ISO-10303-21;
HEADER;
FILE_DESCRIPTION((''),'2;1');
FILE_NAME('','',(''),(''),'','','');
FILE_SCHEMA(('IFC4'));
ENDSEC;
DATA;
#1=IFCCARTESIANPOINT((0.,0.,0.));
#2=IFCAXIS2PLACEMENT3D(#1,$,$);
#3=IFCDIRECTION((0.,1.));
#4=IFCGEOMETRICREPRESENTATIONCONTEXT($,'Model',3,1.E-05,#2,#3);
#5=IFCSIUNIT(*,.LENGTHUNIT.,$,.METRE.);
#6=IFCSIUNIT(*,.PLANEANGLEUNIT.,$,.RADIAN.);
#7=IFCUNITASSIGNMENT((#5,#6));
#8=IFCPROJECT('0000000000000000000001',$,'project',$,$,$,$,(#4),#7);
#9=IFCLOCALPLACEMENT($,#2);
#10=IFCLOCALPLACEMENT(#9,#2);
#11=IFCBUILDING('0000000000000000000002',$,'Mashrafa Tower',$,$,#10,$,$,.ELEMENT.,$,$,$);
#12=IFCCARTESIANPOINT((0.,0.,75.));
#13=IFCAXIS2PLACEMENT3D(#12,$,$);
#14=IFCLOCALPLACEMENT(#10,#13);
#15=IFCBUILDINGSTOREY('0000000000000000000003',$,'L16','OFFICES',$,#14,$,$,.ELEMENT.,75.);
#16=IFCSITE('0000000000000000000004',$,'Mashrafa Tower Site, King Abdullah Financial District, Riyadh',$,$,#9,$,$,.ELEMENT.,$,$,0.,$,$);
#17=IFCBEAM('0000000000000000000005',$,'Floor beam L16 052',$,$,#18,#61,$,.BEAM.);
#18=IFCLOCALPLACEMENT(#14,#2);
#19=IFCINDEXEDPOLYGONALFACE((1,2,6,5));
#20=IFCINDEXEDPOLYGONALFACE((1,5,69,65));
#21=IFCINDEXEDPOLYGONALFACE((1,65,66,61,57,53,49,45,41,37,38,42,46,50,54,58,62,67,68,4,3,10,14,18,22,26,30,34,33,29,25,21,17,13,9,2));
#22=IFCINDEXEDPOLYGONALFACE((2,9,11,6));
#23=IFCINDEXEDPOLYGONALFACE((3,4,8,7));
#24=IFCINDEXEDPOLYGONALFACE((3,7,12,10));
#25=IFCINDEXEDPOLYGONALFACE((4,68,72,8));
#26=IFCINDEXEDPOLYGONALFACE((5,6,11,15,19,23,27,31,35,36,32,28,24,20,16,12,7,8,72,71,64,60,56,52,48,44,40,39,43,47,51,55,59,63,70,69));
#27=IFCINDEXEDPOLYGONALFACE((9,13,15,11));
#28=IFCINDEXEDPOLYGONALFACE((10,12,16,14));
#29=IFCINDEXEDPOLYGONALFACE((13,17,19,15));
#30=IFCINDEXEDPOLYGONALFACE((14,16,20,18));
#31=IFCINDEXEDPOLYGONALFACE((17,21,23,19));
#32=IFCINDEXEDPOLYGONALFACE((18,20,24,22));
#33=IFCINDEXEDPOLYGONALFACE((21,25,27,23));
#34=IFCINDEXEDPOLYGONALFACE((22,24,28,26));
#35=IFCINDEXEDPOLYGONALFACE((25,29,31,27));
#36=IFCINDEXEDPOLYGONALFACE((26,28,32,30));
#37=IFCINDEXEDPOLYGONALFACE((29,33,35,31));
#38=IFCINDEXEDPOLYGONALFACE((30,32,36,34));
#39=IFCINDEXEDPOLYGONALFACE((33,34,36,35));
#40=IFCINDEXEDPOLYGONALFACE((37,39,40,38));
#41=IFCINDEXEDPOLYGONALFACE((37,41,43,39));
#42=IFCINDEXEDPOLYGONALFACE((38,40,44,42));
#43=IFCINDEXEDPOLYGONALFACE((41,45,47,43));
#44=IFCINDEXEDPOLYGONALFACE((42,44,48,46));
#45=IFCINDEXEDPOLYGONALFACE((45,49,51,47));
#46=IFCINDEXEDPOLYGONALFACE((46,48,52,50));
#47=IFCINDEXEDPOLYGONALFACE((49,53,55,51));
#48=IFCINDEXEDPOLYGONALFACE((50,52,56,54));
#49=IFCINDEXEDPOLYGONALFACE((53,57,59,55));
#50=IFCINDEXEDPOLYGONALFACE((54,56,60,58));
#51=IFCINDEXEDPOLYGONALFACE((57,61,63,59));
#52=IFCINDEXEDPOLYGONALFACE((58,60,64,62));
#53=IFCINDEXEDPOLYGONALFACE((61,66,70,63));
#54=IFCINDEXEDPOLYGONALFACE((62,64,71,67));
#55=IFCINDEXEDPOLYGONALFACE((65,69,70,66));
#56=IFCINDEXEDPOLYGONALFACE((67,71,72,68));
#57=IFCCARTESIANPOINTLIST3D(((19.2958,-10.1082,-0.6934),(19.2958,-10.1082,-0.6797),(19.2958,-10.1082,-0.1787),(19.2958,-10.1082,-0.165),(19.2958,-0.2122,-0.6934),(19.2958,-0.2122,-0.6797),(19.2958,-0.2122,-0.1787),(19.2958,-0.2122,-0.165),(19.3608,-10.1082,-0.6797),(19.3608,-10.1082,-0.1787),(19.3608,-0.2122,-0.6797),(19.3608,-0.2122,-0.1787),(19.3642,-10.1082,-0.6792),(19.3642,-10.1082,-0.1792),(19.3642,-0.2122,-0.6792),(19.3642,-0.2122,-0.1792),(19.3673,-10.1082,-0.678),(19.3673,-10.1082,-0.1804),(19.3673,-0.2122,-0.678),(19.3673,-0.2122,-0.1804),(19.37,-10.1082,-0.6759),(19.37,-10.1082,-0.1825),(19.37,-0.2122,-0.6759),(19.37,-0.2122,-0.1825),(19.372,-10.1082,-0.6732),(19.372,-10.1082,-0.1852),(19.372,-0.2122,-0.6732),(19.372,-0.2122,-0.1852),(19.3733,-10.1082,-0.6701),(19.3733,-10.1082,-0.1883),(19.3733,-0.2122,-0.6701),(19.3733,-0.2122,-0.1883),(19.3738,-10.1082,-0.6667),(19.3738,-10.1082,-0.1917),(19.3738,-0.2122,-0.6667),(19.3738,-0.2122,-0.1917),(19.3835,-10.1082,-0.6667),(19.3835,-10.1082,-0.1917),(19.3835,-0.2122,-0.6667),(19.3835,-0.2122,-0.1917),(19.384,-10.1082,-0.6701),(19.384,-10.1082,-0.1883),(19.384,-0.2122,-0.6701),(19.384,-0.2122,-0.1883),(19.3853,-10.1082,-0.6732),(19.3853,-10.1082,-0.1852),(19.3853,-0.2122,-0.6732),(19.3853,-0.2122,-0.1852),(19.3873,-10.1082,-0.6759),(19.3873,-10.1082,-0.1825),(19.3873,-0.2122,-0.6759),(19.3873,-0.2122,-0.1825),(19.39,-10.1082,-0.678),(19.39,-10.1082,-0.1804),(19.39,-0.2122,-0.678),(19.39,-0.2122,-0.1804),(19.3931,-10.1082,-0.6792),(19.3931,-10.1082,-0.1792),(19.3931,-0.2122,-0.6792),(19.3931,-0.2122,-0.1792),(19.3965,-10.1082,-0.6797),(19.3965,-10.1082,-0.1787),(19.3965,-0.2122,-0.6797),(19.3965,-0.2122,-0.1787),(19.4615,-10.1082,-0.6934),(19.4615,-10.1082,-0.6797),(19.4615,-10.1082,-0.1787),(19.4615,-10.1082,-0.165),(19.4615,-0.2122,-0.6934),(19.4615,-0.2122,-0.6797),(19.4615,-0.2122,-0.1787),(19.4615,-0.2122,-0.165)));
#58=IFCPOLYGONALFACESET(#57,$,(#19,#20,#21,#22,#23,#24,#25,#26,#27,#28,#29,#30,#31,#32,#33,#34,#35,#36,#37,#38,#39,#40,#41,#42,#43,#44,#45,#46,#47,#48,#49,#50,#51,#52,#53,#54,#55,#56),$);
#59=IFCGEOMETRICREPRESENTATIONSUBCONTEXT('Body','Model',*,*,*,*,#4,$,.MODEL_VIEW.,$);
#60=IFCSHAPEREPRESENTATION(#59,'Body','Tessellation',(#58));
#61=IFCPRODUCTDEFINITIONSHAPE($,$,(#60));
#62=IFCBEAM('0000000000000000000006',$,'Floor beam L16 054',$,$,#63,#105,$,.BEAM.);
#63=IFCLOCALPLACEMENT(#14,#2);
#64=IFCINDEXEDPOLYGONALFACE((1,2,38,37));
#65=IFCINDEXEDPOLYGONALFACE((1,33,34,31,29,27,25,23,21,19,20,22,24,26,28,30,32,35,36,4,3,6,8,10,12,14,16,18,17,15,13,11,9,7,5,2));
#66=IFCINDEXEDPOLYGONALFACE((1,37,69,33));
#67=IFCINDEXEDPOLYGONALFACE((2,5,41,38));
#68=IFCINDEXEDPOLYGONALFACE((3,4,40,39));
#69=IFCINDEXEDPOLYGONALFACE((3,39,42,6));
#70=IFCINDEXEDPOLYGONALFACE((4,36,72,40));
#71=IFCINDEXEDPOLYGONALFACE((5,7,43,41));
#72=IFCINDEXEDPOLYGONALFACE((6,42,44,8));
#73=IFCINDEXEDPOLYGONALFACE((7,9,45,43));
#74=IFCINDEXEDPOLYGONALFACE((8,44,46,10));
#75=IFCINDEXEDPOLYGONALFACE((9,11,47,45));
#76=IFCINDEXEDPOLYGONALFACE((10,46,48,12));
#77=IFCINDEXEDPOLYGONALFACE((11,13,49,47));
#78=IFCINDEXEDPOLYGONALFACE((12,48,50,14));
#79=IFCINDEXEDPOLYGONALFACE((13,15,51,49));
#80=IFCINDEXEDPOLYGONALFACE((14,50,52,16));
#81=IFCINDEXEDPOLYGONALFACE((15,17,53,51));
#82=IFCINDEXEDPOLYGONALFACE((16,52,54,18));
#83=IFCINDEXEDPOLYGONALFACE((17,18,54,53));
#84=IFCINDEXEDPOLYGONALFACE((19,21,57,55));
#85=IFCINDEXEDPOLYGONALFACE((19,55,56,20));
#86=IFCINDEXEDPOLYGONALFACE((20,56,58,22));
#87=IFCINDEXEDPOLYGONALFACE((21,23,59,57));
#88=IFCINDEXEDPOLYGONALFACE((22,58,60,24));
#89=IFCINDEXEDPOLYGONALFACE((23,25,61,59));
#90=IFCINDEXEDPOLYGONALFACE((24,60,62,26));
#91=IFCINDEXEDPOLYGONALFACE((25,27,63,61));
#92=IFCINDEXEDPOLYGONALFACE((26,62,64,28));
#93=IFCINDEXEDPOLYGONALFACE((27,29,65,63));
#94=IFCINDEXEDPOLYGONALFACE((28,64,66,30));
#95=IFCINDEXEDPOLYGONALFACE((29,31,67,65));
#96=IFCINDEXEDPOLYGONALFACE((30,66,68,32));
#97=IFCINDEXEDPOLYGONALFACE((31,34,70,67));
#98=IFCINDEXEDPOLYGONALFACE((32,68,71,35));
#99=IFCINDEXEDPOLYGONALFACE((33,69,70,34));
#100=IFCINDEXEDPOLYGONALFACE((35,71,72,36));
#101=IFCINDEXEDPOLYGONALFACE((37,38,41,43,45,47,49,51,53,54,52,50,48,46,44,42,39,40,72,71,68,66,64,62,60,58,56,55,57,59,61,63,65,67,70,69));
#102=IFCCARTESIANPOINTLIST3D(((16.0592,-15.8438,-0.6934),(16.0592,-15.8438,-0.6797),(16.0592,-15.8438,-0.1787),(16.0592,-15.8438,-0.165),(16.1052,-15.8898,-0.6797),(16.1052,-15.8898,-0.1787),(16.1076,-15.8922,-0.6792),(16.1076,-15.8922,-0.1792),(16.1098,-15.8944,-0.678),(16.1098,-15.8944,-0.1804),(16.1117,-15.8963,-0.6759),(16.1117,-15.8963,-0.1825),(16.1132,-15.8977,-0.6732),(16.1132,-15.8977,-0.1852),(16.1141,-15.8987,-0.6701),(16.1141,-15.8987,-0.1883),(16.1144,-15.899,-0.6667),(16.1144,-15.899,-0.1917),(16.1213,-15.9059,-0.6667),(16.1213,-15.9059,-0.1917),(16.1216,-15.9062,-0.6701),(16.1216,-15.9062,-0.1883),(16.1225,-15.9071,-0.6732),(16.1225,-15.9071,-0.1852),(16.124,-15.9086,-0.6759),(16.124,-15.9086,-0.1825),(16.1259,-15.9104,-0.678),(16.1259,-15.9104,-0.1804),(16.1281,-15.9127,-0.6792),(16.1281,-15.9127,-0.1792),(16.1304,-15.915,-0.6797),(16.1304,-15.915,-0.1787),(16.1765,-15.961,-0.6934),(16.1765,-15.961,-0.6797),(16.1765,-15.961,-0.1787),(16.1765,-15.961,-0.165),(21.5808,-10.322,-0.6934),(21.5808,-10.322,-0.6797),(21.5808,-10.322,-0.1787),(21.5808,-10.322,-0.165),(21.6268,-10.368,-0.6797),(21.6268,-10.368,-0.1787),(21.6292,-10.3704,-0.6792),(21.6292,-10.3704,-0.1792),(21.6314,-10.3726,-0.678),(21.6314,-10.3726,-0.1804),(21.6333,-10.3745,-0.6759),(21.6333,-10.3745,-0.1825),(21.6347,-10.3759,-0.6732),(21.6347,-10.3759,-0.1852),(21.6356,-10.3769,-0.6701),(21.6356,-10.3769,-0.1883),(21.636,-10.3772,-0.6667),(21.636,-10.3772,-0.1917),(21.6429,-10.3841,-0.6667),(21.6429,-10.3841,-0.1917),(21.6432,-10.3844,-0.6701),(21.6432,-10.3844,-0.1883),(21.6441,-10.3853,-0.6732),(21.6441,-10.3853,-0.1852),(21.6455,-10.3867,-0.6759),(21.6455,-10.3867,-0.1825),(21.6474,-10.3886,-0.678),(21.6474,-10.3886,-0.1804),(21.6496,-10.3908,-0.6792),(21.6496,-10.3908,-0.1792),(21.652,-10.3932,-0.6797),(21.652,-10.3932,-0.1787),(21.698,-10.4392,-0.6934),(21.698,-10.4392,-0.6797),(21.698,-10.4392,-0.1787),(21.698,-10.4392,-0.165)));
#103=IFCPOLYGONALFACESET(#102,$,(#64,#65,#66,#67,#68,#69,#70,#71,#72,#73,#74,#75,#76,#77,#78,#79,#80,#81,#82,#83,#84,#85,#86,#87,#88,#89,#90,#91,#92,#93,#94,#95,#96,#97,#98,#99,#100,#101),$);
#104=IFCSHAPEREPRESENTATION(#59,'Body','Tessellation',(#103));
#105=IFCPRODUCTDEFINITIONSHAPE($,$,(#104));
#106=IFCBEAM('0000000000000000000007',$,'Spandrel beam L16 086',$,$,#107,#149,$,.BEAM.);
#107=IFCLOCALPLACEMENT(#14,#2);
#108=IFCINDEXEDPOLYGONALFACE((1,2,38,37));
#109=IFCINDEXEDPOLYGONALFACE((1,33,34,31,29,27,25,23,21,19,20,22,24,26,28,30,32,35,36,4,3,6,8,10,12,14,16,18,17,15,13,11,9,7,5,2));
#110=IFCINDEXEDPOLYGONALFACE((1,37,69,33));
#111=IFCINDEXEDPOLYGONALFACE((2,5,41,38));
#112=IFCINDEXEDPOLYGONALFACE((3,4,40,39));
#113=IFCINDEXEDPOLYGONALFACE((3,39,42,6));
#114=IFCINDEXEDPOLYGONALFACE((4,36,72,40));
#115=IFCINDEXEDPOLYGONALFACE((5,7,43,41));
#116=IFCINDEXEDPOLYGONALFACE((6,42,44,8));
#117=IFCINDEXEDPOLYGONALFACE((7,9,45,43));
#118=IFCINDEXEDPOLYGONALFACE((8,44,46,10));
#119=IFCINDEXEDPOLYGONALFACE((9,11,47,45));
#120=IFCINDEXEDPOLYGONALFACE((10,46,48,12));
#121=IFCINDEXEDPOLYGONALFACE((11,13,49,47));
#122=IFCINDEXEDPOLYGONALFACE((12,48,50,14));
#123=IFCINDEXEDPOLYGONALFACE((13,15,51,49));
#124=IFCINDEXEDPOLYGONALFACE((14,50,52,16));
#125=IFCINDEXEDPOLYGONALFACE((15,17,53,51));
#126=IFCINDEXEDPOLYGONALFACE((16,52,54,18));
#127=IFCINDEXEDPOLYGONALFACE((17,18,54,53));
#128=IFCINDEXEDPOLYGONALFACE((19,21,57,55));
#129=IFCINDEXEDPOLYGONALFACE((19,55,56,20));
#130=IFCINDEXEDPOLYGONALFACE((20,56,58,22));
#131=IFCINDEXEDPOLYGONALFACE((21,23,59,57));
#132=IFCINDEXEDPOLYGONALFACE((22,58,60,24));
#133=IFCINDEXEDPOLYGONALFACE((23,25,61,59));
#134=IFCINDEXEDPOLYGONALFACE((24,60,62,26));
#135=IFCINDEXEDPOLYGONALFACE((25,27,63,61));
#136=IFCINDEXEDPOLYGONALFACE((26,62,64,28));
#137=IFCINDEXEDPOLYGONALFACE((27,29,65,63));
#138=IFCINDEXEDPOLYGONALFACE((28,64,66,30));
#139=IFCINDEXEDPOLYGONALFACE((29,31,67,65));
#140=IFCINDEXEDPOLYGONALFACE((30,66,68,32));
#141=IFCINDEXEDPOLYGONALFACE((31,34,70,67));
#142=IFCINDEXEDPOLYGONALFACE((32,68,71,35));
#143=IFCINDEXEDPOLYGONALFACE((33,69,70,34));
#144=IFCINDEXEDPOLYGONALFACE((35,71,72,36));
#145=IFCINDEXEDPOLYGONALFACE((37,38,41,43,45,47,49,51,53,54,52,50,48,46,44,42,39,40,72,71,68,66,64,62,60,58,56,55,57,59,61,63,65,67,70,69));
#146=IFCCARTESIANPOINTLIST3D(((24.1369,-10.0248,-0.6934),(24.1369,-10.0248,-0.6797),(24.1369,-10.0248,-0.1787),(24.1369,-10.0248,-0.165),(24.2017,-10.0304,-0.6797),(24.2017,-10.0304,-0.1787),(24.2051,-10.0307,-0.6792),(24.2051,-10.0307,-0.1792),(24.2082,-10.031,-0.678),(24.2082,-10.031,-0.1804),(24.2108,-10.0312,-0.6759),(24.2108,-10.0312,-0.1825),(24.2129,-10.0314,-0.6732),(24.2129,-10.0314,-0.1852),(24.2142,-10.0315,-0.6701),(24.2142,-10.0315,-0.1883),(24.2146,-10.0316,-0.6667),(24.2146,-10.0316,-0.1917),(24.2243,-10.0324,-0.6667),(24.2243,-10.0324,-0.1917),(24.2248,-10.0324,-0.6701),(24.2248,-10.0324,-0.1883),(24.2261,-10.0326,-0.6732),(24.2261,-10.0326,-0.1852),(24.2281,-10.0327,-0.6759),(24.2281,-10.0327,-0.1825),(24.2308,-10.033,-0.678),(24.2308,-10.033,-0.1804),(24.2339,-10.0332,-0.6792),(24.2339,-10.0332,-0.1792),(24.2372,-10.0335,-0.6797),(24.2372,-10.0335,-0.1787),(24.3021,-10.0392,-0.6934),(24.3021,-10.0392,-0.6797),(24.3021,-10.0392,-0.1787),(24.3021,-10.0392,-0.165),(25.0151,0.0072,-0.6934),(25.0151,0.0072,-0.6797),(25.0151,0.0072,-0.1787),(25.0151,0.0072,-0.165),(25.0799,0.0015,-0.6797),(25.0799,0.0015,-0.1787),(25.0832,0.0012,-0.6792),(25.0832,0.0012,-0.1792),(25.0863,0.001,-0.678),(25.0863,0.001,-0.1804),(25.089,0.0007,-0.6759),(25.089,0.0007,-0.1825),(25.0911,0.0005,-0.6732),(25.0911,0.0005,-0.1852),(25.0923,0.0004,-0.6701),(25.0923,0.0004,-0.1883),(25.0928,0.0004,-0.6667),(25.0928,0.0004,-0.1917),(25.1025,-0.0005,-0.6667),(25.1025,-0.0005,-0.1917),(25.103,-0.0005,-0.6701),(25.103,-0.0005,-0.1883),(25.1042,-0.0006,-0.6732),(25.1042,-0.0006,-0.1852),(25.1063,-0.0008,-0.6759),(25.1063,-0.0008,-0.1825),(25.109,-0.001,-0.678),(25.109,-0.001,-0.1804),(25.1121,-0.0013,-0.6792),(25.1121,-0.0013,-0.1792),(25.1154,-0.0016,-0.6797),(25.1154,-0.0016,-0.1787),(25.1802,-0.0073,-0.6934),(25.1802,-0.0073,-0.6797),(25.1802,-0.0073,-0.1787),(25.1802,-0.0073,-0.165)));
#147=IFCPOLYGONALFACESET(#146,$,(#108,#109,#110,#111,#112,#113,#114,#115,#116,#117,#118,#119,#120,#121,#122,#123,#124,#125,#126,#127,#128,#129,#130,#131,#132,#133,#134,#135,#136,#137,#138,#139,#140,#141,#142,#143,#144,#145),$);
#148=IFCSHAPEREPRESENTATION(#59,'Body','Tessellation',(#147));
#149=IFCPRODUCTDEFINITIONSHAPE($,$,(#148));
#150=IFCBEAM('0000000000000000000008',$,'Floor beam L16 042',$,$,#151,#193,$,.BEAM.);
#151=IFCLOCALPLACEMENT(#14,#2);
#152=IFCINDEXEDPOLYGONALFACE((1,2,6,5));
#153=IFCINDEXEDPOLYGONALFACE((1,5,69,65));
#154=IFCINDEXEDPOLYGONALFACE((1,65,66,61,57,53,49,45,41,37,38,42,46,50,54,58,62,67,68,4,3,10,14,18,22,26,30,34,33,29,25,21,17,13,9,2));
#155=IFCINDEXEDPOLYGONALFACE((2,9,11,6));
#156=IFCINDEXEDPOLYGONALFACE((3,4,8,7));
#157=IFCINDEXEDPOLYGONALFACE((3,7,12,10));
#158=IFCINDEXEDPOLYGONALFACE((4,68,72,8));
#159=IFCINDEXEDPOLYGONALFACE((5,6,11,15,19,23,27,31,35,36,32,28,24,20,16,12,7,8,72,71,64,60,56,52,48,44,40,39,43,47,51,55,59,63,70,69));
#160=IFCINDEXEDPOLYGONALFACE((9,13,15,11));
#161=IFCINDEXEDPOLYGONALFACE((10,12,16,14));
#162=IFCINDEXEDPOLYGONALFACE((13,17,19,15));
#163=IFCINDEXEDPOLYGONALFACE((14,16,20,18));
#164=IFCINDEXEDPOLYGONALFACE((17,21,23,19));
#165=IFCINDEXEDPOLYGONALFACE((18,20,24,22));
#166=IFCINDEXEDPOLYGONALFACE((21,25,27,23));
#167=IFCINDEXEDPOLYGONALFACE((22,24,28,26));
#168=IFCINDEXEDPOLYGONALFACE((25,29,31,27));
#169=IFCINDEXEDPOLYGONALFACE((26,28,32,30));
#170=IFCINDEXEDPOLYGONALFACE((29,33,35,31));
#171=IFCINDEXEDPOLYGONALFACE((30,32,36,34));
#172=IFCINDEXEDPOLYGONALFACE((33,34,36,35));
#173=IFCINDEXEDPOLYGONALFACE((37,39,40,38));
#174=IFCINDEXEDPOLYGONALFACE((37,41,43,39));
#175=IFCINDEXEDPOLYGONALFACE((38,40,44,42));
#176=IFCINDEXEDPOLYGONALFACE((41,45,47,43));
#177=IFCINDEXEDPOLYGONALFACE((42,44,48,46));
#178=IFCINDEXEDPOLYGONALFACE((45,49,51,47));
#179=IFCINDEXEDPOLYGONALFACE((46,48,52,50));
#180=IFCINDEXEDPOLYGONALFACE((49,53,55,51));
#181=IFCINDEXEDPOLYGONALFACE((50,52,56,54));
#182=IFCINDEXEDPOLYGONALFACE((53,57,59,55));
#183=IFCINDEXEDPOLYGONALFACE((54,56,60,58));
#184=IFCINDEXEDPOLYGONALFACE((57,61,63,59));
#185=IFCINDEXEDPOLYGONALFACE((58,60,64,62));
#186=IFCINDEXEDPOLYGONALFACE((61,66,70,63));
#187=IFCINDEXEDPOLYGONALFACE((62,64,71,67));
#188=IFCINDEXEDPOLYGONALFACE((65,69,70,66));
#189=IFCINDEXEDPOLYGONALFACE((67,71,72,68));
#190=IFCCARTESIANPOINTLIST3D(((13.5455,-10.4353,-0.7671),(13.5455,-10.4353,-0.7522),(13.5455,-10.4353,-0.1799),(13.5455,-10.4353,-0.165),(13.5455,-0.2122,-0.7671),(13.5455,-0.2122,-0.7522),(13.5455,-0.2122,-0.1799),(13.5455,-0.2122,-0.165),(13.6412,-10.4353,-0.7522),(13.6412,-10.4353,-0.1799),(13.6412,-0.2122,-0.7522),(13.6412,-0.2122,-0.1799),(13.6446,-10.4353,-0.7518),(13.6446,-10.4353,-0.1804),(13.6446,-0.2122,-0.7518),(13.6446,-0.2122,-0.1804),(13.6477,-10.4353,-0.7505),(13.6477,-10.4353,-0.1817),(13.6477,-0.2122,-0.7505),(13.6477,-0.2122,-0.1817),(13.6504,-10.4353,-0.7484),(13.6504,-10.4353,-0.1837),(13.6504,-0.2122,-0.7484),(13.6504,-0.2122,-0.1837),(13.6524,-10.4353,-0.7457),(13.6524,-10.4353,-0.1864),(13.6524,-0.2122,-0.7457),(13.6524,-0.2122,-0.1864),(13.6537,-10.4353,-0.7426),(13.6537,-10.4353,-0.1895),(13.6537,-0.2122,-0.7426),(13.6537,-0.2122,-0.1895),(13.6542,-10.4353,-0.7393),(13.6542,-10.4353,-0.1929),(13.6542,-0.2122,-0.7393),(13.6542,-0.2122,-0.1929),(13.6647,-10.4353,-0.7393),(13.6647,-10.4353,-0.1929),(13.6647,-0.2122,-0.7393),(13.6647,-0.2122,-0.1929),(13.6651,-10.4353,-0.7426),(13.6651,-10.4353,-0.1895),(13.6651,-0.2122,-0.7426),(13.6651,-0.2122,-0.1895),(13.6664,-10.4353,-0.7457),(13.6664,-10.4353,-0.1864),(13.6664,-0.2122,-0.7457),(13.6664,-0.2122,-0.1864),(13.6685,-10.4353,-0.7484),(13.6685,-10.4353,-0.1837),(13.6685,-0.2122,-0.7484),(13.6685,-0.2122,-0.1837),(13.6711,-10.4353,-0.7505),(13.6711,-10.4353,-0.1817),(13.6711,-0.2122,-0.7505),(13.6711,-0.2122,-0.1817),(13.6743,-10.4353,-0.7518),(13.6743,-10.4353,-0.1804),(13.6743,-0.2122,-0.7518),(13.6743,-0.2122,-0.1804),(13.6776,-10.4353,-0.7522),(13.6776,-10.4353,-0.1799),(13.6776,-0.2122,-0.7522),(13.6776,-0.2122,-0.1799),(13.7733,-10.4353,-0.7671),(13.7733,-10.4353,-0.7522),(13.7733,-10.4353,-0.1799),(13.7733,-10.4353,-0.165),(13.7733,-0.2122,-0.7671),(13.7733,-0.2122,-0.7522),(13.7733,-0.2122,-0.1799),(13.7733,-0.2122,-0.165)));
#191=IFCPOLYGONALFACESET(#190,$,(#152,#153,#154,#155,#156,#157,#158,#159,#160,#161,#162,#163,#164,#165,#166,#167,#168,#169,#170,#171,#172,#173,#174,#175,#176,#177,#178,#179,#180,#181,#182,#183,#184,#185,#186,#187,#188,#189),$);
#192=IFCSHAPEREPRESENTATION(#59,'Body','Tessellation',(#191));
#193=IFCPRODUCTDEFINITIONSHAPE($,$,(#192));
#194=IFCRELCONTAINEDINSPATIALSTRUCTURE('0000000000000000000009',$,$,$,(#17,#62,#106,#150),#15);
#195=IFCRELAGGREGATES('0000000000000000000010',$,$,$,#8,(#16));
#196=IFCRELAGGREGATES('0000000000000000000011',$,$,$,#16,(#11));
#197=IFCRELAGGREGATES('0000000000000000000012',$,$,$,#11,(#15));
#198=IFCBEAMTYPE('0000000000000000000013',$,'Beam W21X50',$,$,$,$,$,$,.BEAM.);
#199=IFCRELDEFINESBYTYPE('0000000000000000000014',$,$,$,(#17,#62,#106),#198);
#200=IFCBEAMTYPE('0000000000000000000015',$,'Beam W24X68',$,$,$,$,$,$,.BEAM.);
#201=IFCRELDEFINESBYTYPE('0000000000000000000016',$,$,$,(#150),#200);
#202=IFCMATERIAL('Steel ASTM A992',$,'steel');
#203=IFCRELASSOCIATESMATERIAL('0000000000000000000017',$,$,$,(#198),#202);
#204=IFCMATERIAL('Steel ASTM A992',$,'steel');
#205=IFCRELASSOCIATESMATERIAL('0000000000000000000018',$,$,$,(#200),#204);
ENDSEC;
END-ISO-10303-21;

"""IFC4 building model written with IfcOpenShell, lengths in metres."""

from ifc_helpers import new_model, si_unit, direction, frame, origin, origin_2d, place, context, subcontext, project, spatial, i_section, extrude, material, material_profile, profile_set, type_object, element, save


model = new_model("IFC4")

# Units and contexts
model_context = context("Model", 3, precision=1e-05, world=origin(), true_north=direction((0.0, 1.0)))
body_context = subcontext(model_context, "Body", "Model", "MODEL_VIEW")
ifc_project = project(units=[si_unit("LENGTHUNIT", "METRE"), si_unit("PLANEANGLEUNIT", "RADIAN")], contexts=[model_context])

# Site, building, storey
site_placement = place(None, origin())
site = spatial("IfcSite", under=ifc_project, at=site_placement, Name="Mashrafa Tower Site, King Abdullah Financial District, Riyadh", CompositionType="ELEMENT", RefElevation=0.0)
building_placement = place(site_placement, origin())
building = spatial("IfcBuilding", under=site, at=building_placement, Name="Mashrafa Tower", CompositionType="ELEMENT")
storey_placement = place(building_placement, frame((0.0, 0.0, 75.0)))
storey = spatial("IfcBuildingStorey", under=building, at=storey_placement, Name="L16", Description="OFFICES", CompositionType="ELEMENT", Elevation=75.0)

# Beams
ifc_material_1 = material(Name="Steel ASTM A992", Category="steel")
ifc_material_profile_1 = material_profile(ifc_material_1, i_section(OverallWidth=0.1658, OverallDepth=0.5283, WebThickness=0.0098, FlangeThickness=0.0137, FilletRadius=0.0129, at=origin_2d()), Name="W21X50")
ifc_profile_set_1 = profile_set([ifc_material_profile_1], Name="Steel ASTM A992")
beam_type_1 = type_object("IfcBeamType", Name="Beam W21X50", PredefinedType="BEAM", material=ifc_profile_set_1)
beam_1_placement = place(storey_placement, frame((19.3787, -0.2122, -0.4292), z_axis=(0.0, -1.0, 0.0), x_axis=(1.0, 0.0, 0.0)))
element("IfcBeam", 1, at=beam_1_placement, inside=storey, type_object=beam_type_1, Name="Floor beam L16 052", PredefinedType="BEAM", context=body_context, shape_type="SweptSolid", body=[
    extrude(i_section(OverallWidth=0.1658, OverallDepth=0.5283, WebThickness=0.0098, FlangeThickness=0.0137, FilletRadius=0.0129, at=origin_2d()), origin(), (0.0, 0.0, 1.0), 9.896),
])
beam_2_placement = place(storey_placement, frame((21.6394, -10.3806, -0.4292), z_axis=(-0.707091, -0.707122, 0.0), x_axis=(0.707122, -0.707091, 0.0)))
element("IfcBeam", 2, at=beam_2_placement, inside=storey, type_object=beam_type_1, Name="Floor beam L16 054", PredefinedType="BEAM", context=body_context, shape_type="SweptSolid", body=[
    extrude(i_section(OverallWidth=0.1658, OverallDepth=0.5283, WebThickness=0.0098, FlangeThickness=0.0137, FilletRadius=0.0129, at=origin_2d()), origin(), (0.0, 0.0, 1.0), 7.8088),
])
beam_3_placement = place(storey_placement, frame((24.2195, -10.032, -0.4292), z_axis=(0.087204, 0.99619, 0.0), x_axis=(-0.99619, 0.087204, 0.0)))
element("IfcBeam", 3, at=beam_3_placement, inside=storey, type_object=beam_type_1, Name="Spandrel beam L16 086", PredefinedType="BEAM", context=body_context, shape_type="SweptSolid", body=[
    extrude(i_section(OverallWidth=0.1658, OverallDepth=0.5283, WebThickness=0.0098, FlangeThickness=0.0137, FilletRadius=0.0129, at=origin_2d()), origin(), (0.0, 0.0, 1.0), 10.0703),
])
ifc_material_2 = material(Name="Steel ASTM A992", Category="steel")
ifc_material_profile_2 = material_profile(ifc_material_2, i_section(OverallWidth=0.2278, OverallDepth=0.6021, WebThickness=0.0105, FlangeThickness=0.0149, FilletRadius=0.0129, at=origin_2d()), Name="W24X68")
ifc_profile_set_2 = profile_set([ifc_material_profile_2], Name="Steel ASTM A992")
beam_type_2 = type_object("IfcBeamType", Name="Beam W24X68", PredefinedType="BEAM", material=ifc_profile_set_2)
beam_4_placement = place(storey_placement, frame((13.6594, -0.2122, -0.4661), z_axis=(0.0, -1.0, 0.0), x_axis=(1.0, 0.0, 0.0)))
element("IfcBeam", 4, at=beam_4_placement, inside=storey, type_object=beam_type_2, Name="Floor beam L16 042", PredefinedType="BEAM", context=body_context, shape_type="SweptSolid", body=[
    extrude(i_section(OverallWidth=0.2278, OverallDepth=0.6021, WebThickness=0.0105, FlangeThickness=0.0149, FilletRadius=0.0129, at=origin_2d()), origin(), (0.0, 0.0, 1.0), 10.2231),
])

save(model, "model.ifc")
